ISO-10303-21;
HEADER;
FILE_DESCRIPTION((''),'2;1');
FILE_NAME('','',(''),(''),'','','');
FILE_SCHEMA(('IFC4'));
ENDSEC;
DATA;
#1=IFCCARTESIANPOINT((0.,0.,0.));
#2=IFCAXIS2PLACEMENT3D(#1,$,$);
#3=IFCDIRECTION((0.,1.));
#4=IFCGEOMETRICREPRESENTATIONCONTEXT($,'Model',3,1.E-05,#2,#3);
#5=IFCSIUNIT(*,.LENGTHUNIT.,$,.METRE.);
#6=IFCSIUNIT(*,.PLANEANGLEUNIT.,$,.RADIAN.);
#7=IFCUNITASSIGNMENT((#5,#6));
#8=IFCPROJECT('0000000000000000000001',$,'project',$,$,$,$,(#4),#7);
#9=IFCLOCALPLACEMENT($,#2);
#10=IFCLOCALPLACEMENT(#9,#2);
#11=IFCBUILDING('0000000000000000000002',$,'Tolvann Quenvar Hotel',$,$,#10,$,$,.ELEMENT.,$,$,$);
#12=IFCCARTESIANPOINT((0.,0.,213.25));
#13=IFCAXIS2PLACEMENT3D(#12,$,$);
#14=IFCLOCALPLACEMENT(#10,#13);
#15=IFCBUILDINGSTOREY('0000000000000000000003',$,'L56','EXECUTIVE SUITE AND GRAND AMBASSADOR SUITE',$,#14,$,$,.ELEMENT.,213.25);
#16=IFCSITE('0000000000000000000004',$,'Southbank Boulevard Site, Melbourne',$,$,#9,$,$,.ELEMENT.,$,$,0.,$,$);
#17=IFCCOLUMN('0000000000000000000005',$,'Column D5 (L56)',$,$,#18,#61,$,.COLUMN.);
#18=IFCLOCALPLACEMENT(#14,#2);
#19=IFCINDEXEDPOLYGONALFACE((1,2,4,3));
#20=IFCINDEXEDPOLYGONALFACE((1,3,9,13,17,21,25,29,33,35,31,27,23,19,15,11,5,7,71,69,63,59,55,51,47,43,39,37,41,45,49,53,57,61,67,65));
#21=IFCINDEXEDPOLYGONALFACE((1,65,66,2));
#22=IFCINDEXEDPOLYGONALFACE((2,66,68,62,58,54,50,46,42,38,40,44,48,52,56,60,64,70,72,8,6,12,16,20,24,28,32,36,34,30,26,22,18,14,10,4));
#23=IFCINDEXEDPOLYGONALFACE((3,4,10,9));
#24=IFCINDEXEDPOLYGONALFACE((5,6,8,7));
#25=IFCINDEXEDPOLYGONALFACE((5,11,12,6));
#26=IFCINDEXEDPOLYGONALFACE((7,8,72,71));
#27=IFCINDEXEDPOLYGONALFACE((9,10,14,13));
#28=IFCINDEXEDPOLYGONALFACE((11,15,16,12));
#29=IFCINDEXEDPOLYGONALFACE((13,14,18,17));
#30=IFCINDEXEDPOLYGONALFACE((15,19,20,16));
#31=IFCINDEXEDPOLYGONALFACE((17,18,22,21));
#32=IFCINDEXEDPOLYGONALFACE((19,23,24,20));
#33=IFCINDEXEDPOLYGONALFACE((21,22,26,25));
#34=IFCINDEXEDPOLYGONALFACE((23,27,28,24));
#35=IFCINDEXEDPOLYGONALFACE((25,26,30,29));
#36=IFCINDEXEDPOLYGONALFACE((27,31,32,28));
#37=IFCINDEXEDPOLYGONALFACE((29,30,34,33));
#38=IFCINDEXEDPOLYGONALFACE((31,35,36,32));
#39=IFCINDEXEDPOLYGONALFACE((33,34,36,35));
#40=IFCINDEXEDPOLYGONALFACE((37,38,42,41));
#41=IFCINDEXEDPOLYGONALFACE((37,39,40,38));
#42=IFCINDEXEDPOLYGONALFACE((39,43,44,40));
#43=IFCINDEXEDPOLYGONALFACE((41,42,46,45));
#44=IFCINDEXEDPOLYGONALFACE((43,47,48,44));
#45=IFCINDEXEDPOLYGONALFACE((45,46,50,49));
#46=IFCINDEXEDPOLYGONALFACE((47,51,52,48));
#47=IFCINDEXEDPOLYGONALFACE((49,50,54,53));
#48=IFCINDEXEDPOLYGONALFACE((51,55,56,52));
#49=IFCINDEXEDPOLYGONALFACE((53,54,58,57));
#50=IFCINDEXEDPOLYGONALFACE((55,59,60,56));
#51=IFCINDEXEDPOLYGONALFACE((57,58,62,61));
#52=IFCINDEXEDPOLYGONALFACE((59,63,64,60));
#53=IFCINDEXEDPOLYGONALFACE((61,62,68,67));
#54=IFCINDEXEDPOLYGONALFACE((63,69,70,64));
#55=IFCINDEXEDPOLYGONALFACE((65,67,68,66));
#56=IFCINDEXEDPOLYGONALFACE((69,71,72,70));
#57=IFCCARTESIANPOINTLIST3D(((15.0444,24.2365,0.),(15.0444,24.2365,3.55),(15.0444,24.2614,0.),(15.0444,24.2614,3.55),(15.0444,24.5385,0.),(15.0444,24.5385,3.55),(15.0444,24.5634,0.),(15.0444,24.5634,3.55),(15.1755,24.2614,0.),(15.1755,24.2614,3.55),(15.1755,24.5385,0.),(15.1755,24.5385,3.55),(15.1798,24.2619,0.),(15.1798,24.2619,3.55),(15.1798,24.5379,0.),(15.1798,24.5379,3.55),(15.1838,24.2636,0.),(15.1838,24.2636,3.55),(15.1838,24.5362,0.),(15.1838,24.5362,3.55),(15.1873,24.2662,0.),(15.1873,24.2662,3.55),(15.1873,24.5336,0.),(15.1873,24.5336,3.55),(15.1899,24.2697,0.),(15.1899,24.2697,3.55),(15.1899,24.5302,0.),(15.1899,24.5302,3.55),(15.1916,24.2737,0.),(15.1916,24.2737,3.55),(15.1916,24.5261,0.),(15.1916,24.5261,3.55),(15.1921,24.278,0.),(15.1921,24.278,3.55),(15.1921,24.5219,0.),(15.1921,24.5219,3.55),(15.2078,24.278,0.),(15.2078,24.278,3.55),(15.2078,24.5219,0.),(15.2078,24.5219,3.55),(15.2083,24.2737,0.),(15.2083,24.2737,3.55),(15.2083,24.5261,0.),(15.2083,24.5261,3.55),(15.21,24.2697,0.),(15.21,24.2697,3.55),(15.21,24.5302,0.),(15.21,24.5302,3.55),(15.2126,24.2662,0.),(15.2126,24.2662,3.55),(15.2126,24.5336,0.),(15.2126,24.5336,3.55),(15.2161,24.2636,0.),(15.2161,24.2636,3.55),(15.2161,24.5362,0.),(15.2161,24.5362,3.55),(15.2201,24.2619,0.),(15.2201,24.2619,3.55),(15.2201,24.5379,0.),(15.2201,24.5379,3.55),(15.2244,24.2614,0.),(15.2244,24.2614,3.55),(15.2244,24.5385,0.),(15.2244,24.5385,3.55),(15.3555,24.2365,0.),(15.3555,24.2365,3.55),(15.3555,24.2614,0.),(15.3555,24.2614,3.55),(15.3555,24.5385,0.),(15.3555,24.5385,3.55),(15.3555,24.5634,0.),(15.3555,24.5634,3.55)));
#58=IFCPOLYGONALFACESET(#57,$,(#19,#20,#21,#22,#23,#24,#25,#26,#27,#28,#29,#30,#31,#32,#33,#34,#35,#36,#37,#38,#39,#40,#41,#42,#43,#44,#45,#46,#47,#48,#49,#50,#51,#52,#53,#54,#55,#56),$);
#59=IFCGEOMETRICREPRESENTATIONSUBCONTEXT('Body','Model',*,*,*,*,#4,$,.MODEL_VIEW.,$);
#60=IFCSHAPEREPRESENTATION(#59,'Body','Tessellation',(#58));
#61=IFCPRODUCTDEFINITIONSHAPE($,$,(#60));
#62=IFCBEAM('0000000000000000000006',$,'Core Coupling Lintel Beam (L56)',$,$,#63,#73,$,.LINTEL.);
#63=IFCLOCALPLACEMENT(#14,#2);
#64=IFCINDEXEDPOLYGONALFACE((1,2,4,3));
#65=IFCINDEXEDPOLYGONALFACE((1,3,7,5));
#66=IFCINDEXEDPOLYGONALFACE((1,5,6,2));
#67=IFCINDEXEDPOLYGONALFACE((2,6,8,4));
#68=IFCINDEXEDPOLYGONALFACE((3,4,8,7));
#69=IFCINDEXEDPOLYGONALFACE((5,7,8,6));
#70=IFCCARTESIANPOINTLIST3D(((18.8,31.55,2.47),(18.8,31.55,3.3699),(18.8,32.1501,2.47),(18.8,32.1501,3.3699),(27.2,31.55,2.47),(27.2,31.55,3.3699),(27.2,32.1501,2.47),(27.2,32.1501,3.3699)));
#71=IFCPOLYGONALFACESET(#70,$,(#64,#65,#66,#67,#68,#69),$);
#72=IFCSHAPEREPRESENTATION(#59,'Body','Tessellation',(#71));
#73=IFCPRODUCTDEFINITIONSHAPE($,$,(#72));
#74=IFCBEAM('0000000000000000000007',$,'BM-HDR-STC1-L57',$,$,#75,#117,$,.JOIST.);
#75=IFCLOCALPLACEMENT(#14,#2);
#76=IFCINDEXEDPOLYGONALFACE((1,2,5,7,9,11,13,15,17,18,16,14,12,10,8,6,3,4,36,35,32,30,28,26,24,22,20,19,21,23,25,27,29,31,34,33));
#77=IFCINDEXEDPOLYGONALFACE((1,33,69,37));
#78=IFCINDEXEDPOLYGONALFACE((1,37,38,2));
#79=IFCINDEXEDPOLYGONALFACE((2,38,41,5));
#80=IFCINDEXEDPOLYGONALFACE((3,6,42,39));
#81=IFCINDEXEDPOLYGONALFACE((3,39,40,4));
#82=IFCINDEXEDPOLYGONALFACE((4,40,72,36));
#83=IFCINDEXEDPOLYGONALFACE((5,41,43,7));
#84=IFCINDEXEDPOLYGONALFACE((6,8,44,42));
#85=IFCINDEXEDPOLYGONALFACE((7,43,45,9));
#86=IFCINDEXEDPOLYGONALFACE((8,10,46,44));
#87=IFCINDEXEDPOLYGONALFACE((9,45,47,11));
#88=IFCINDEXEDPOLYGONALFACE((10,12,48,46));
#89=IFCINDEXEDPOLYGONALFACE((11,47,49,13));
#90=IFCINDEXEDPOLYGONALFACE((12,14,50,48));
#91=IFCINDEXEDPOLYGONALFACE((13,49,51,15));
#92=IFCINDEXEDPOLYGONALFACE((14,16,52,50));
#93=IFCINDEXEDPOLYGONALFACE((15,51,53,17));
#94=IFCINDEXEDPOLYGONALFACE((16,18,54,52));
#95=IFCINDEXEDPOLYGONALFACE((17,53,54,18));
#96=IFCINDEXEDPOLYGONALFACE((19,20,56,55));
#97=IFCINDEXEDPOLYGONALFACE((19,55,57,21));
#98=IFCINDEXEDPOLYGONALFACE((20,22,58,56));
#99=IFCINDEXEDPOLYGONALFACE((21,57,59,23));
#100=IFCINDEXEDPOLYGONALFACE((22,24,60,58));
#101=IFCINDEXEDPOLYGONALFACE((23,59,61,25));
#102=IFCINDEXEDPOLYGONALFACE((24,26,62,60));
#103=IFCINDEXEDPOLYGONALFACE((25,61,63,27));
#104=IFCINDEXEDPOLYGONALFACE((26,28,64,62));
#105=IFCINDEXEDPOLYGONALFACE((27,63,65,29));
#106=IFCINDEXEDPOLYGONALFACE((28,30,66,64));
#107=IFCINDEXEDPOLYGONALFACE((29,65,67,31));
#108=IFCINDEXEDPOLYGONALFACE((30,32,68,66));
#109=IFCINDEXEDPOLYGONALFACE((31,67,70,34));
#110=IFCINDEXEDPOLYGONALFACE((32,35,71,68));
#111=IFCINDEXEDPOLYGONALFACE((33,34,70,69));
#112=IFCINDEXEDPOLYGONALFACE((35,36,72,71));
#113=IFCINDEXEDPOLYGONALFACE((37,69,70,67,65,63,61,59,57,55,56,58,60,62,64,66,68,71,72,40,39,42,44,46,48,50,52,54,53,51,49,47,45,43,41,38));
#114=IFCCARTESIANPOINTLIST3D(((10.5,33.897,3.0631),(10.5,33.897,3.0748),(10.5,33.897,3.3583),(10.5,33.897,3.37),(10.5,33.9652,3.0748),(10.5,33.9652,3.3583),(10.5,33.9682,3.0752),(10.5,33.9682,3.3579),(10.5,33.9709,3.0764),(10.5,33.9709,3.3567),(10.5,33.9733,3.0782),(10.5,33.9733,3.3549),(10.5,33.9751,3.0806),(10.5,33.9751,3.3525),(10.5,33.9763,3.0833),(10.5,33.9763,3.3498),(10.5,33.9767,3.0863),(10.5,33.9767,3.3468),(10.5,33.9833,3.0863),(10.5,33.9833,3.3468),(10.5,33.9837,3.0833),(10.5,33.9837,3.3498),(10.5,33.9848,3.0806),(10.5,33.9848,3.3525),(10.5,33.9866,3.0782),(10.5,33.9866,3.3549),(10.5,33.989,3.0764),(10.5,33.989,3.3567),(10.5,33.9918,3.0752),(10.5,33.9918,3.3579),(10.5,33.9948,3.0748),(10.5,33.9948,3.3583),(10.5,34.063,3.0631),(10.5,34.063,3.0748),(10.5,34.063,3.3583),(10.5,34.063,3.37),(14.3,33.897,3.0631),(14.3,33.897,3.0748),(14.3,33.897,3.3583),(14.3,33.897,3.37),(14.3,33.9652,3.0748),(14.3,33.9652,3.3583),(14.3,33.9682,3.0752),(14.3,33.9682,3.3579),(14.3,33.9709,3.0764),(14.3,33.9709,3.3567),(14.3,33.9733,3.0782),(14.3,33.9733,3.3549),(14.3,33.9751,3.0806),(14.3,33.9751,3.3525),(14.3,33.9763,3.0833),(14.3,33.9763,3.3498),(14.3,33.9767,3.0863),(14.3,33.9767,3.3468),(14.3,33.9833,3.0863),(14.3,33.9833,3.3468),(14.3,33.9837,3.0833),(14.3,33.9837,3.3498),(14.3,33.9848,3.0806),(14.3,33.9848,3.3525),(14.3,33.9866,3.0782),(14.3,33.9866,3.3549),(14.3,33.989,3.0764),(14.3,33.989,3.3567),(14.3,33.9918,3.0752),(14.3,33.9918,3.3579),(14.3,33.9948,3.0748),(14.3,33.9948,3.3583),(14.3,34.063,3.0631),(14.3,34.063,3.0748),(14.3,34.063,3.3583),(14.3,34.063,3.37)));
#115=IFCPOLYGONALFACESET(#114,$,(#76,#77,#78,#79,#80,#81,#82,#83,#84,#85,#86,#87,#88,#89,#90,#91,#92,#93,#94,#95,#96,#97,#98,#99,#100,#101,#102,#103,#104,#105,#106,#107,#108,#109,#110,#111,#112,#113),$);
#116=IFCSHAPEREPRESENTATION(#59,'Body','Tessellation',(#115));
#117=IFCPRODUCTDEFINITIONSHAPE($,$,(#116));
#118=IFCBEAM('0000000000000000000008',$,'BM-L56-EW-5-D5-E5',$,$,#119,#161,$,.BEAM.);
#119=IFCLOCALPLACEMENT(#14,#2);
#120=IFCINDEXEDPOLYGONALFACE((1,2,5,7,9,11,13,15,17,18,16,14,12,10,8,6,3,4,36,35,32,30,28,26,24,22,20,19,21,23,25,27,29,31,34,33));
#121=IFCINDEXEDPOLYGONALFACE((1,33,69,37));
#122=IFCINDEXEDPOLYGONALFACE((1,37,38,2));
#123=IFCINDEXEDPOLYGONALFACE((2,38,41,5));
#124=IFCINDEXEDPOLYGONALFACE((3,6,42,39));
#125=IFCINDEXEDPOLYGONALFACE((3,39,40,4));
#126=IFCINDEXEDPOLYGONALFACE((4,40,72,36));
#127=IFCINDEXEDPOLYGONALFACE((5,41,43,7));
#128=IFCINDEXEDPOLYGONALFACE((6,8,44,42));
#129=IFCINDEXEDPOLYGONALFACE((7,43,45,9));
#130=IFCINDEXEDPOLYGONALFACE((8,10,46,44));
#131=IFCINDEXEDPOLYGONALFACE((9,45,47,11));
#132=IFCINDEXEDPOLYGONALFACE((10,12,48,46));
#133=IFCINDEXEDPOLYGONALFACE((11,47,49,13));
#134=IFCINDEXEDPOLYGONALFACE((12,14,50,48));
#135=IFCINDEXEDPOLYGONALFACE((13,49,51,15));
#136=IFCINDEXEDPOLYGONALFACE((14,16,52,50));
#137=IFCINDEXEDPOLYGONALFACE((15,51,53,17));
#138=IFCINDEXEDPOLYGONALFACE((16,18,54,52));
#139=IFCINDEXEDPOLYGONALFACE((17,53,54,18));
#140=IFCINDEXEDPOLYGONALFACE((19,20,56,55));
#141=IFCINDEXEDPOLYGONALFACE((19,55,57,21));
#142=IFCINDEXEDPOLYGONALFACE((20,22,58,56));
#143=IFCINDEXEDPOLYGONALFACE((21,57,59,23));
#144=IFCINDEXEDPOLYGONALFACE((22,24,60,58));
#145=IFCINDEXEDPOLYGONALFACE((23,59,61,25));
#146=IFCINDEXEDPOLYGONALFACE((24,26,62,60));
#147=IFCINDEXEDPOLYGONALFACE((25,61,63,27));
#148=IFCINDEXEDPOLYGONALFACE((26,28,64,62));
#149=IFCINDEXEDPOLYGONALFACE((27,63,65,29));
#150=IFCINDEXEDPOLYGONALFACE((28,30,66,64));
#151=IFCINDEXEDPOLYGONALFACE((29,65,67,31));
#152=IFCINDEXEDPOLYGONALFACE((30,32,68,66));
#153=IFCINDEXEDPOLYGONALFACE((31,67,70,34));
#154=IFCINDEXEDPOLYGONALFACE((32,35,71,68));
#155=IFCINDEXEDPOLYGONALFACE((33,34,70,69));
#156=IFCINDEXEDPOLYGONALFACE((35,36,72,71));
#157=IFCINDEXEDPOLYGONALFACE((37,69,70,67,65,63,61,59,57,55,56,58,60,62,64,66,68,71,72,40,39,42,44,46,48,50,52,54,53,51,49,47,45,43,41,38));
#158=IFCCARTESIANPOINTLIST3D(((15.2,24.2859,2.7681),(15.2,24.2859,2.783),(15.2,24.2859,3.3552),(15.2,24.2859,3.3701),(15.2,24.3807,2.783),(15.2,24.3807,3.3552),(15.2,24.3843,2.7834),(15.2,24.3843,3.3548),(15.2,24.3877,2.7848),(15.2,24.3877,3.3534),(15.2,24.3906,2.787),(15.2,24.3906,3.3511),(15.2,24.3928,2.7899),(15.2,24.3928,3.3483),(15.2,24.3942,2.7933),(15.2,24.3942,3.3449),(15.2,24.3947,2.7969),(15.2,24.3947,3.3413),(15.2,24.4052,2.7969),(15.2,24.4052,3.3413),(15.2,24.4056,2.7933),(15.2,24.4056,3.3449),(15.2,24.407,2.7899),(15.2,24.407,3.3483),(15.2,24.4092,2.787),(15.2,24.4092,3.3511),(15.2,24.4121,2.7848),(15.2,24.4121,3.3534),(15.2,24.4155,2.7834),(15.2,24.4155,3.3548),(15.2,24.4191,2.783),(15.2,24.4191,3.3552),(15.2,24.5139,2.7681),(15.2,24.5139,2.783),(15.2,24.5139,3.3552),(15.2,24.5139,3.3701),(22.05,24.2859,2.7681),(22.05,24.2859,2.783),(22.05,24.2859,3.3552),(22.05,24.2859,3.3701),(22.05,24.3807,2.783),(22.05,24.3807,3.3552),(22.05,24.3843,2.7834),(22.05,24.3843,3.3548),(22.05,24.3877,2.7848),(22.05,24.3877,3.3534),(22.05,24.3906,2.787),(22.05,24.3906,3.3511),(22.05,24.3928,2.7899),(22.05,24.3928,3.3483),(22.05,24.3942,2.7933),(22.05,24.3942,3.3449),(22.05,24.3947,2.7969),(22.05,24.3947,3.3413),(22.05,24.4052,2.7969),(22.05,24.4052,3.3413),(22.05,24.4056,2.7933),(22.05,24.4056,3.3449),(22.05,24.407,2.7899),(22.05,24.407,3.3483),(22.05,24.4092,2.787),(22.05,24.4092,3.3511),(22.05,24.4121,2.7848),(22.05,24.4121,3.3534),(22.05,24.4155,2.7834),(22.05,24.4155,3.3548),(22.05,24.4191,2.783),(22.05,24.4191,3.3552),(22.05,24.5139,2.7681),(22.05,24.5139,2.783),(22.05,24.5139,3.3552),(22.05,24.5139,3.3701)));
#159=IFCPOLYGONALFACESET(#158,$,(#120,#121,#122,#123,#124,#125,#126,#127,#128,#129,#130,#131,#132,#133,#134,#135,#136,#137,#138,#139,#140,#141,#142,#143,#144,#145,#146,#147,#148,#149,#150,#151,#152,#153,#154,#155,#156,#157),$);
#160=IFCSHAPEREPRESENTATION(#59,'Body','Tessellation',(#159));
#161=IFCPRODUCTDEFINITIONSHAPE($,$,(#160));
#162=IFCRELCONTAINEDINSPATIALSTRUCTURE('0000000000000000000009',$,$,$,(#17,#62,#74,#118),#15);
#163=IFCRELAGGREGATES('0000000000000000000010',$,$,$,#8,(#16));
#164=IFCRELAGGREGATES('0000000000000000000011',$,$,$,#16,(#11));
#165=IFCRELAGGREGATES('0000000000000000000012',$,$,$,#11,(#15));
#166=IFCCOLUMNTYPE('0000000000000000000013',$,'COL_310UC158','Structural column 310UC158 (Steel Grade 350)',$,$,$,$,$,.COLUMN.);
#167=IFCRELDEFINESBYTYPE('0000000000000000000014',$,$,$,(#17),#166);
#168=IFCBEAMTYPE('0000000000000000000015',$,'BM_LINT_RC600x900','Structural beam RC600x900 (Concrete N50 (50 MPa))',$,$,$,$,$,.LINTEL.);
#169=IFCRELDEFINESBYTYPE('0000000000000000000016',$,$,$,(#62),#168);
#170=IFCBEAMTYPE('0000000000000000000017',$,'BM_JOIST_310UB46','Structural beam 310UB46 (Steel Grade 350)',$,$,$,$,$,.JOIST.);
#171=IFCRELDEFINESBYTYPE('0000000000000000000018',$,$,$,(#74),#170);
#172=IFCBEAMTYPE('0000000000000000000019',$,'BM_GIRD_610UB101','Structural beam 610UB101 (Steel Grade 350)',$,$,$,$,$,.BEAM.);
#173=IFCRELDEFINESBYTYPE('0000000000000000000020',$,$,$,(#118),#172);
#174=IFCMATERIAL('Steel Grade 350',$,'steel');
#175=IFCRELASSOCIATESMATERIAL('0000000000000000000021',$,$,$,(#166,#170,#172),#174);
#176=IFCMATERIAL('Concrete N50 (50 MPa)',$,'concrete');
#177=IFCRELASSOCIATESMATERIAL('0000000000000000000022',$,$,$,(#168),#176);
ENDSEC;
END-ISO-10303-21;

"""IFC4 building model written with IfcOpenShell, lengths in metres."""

from ifc_helpers import new_model, si_unit, direction, frame, origin, origin_2d, place, context, subcontext, project, spatial, rectangle, i_section, extrude, source, transform, mapped, material, material_profile, profile_set, type_object, type_shapes, element, save


model = new_model("IFC4")

# Units and contexts
model_context = context("Model", 3, precision=1e-05, world=origin(), true_north=direction((0.0, 1.0)))
body_context = subcontext(model_context, "Body", "Model", "MODEL_VIEW")
ifc_project = project(units=[si_unit("LENGTHUNIT", "METRE"), si_unit("PLANEANGLEUNIT", "RADIAN")], contexts=[model_context])

# Site, building, storey
site_placement = place(None, origin())
site = spatial("IfcSite", under=ifc_project, at=site_placement, Name="Southbank Boulevard Site, Melbourne", CompositionType="ELEMENT", RefElevation=0.0)
building_placement = place(site_placement, origin())
building = spatial("IfcBuilding", under=site, at=building_placement, Name="Tolvann Quenvar Hotel", CompositionType="ELEMENT")
storey_placement = place(building_placement, frame((0.0, 0.0, 213.25)))
storey = spatial("IfcBuildingStorey", under=building, at=storey_placement, Name="L56", Description="EXECUTIVE SUITE AND GRAND AMBASSADOR SUITE", CompositionType="ELEMENT", Elevation=213.25)

# Column
ifc_material_1 = material(Name="Steel Grade 350", Category="steel")
ifc_material_profile_1 = material_profile(ifc_material_1, i_section(OverallWidth=0.311, OverallDepth=0.3269, WebThickness=0.0156, FlangeThickness=0.0249, FilletRadius=0.0166, at=origin_2d()), Name="310UC158")
ifc_profile_set_1 = profile_set([ifc_material_profile_1], Name="Steel Grade 350")
column_type = type_object("IfcColumnType", Name="COL_310UC158", Description="Structural column 310UC158 (Steel Grade 350)", PredefinedType="COLUMN", material=ifc_profile_set_1)
shared_shape_1 = source(origin(), body_context, "Body", "SweptSolid", [
    extrude(i_section(OverallWidth=0.311, OverallDepth=0.3269, WebThickness=0.0156, FlangeThickness=0.0249, FilletRadius=0.0166, at=origin_2d()), origin(), (0.0, 0.0, 1.0), 3.55),
])
type_shapes(column_type, [shared_shape_1])
column_placement = place(storey_placement, frame((15.2, 24.3999, 0.0), z_axis=(0.0, 0.0, 1.0), x_axis=(1.0, 0.0, 0.0)))
element("IfcColumn", 1, at=column_placement, inside=storey, type_object=column_type, Name="Column D5 (L56)", PredefinedType="COLUMN", context=body_context, shape_type="MappedRepresentation", body=[
    mapped(shared_shape_1, transform((0.0, 0.0, 0.0), x_axis=(1.0, 0.0, 0.0), y_axis=(0.0, 1.0, 0.0), z_axis=(0.0, 0.0, 1.0), scale=1.0)),
])

# Beams
ifc_material_2 = material(Name="Concrete N50 (50 MPa)", Category="concrete")
ifc_material_profile_2 = material_profile(ifc_material_2, rectangle(XDim=0.6001, YDim=0.8999, at=origin_2d()), Name="RC600x900")
ifc_profile_set_2 = profile_set([ifc_material_profile_2], Name="Concrete N50 (50 MPa)")
beam_type_1 = type_object("IfcBeamType", Name="BM_LINT_RC600x900", Description="Structural beam RC600x900 (Concrete N50 (50 MPa))", PredefinedType="LINTEL", material=ifc_profile_set_2)
shared_shape_2 = source(origin(), body_context, "Body", "SweptSolid", [
    extrude(rectangle(XDim=0.6001, YDim=0.8999, at=origin_2d()), origin(), (0.0, 0.0, 1.0), 8.3999),
])
type_shapes(beam_type_1, [shared_shape_2])
beam_1_placement = place(storey_placement, frame((18.8, 31.8501, 2.9199), z_axis=(1.0, 0.0, 0.0), x_axis=(0.0, 1.0, 0.0)))
element("IfcBeam", 2, at=beam_1_placement, inside=storey, type_object=beam_type_1, Name="Core Coupling Lintel Beam (L56)", PredefinedType="LINTEL", context=body_context, shape_type="MappedRepresentation", body=[
    mapped(shared_shape_2, transform((0.0, 0.0, 0.0), x_axis=(1.0, 0.0, 0.0), y_axis=(0.0, 1.0, 0.0), z_axis=(0.0, 0.0, 1.0), scale=1.0)),
])
ifc_material_profile_3 = material_profile(ifc_material_1, i_section(OverallWidth=0.166, OverallDepth=0.3069, WebThickness=0.0066, FlangeThickness=0.0117, FilletRadius=0.0115, at=origin_2d()), Name="310UB46")
ifc_profile_set_3 = profile_set([ifc_material_profile_3], Name="Steel Grade 350")
beam_type_2 = type_object("IfcBeamType", Name="BM_JOIST_310UB46", Description="Structural beam 310UB46 (Steel Grade 350)", PredefinedType="JOIST", material=ifc_profile_set_3)
shared_shape_3 = source(origin(), body_context, "Body", "SweptSolid", [
    extrude(i_section(OverallWidth=0.166, OverallDepth=0.3069, WebThickness=0.0066, FlangeThickness=0.0117, FilletRadius=0.0115, at=origin_2d()), origin(), (0.0, 0.0, 1.0), 3.8),
])
type_shapes(beam_type_2, [shared_shape_3])
beam_2_placement = place(storey_placement, frame((10.5, 33.98, 3.2166), z_axis=(1.0, 0.0, 0.0), x_axis=(0.0, 1.0, 0.0)))
element("IfcBeam", 3, at=beam_2_placement, inside=storey, type_object=beam_type_2, Name="BM-HDR-STC1-L57", PredefinedType="JOIST", context=body_context, shape_type="MappedRepresentation", body=[
    mapped(shared_shape_3, transform((0.0, 0.0, 0.0), x_axis=(1.0, 0.0, 0.0), y_axis=(0.0, 1.0, 0.0), z_axis=(0.0, 0.0, 1.0), scale=1.0)),
])
ifc_material_profile_4 = material_profile(ifc_material_1, i_section(OverallWidth=0.228, OverallDepth=0.6021, WebThickness=0.0105, FlangeThickness=0.0149, FilletRadius=0.0139, at=origin_2d()), Name="610UB101")
ifc_profile_set_4 = profile_set([ifc_material_profile_4], Name="Steel Grade 350")
beam_type_3 = type_object("IfcBeamType", Name="BM_GIRD_610UB101", Description="Structural beam 610UB101 (Steel Grade 350)", PredefinedType="BEAM", material=ifc_profile_set_4)
shared_shape_4 = source(origin(), body_context, "Body", "SweptSolid", [
    extrude(i_section(OverallWidth=0.228, OverallDepth=0.6021, WebThickness=0.0105, FlangeThickness=0.0149, FilletRadius=0.0139, at=origin_2d()), origin(), (0.0, 0.0, 1.0), 6.8501),
])
beam_3_placement = place(storey_placement, frame((15.2, 24.3999, 3.0691), z_axis=(1.0, 0.0, 0.0), x_axis=(0.0, 1.0, 0.0)))
element("IfcBeam", 4, at=beam_3_placement, inside=storey, type_object=beam_type_3, Name="BM-L56-EW-5-D5-E5", PredefinedType="BEAM", context=body_context, shape_type="MappedRepresentation", body=[
    mapped(shared_shape_4, transform((0.0, 0.0, 0.0), x_axis=(1.0, 0.0, 0.0), y_axis=(0.0, 1.0, 0.0), z_axis=(0.0, 0.0, 1.0), scale=1.0)),
])

save(model, "model.ifc")
